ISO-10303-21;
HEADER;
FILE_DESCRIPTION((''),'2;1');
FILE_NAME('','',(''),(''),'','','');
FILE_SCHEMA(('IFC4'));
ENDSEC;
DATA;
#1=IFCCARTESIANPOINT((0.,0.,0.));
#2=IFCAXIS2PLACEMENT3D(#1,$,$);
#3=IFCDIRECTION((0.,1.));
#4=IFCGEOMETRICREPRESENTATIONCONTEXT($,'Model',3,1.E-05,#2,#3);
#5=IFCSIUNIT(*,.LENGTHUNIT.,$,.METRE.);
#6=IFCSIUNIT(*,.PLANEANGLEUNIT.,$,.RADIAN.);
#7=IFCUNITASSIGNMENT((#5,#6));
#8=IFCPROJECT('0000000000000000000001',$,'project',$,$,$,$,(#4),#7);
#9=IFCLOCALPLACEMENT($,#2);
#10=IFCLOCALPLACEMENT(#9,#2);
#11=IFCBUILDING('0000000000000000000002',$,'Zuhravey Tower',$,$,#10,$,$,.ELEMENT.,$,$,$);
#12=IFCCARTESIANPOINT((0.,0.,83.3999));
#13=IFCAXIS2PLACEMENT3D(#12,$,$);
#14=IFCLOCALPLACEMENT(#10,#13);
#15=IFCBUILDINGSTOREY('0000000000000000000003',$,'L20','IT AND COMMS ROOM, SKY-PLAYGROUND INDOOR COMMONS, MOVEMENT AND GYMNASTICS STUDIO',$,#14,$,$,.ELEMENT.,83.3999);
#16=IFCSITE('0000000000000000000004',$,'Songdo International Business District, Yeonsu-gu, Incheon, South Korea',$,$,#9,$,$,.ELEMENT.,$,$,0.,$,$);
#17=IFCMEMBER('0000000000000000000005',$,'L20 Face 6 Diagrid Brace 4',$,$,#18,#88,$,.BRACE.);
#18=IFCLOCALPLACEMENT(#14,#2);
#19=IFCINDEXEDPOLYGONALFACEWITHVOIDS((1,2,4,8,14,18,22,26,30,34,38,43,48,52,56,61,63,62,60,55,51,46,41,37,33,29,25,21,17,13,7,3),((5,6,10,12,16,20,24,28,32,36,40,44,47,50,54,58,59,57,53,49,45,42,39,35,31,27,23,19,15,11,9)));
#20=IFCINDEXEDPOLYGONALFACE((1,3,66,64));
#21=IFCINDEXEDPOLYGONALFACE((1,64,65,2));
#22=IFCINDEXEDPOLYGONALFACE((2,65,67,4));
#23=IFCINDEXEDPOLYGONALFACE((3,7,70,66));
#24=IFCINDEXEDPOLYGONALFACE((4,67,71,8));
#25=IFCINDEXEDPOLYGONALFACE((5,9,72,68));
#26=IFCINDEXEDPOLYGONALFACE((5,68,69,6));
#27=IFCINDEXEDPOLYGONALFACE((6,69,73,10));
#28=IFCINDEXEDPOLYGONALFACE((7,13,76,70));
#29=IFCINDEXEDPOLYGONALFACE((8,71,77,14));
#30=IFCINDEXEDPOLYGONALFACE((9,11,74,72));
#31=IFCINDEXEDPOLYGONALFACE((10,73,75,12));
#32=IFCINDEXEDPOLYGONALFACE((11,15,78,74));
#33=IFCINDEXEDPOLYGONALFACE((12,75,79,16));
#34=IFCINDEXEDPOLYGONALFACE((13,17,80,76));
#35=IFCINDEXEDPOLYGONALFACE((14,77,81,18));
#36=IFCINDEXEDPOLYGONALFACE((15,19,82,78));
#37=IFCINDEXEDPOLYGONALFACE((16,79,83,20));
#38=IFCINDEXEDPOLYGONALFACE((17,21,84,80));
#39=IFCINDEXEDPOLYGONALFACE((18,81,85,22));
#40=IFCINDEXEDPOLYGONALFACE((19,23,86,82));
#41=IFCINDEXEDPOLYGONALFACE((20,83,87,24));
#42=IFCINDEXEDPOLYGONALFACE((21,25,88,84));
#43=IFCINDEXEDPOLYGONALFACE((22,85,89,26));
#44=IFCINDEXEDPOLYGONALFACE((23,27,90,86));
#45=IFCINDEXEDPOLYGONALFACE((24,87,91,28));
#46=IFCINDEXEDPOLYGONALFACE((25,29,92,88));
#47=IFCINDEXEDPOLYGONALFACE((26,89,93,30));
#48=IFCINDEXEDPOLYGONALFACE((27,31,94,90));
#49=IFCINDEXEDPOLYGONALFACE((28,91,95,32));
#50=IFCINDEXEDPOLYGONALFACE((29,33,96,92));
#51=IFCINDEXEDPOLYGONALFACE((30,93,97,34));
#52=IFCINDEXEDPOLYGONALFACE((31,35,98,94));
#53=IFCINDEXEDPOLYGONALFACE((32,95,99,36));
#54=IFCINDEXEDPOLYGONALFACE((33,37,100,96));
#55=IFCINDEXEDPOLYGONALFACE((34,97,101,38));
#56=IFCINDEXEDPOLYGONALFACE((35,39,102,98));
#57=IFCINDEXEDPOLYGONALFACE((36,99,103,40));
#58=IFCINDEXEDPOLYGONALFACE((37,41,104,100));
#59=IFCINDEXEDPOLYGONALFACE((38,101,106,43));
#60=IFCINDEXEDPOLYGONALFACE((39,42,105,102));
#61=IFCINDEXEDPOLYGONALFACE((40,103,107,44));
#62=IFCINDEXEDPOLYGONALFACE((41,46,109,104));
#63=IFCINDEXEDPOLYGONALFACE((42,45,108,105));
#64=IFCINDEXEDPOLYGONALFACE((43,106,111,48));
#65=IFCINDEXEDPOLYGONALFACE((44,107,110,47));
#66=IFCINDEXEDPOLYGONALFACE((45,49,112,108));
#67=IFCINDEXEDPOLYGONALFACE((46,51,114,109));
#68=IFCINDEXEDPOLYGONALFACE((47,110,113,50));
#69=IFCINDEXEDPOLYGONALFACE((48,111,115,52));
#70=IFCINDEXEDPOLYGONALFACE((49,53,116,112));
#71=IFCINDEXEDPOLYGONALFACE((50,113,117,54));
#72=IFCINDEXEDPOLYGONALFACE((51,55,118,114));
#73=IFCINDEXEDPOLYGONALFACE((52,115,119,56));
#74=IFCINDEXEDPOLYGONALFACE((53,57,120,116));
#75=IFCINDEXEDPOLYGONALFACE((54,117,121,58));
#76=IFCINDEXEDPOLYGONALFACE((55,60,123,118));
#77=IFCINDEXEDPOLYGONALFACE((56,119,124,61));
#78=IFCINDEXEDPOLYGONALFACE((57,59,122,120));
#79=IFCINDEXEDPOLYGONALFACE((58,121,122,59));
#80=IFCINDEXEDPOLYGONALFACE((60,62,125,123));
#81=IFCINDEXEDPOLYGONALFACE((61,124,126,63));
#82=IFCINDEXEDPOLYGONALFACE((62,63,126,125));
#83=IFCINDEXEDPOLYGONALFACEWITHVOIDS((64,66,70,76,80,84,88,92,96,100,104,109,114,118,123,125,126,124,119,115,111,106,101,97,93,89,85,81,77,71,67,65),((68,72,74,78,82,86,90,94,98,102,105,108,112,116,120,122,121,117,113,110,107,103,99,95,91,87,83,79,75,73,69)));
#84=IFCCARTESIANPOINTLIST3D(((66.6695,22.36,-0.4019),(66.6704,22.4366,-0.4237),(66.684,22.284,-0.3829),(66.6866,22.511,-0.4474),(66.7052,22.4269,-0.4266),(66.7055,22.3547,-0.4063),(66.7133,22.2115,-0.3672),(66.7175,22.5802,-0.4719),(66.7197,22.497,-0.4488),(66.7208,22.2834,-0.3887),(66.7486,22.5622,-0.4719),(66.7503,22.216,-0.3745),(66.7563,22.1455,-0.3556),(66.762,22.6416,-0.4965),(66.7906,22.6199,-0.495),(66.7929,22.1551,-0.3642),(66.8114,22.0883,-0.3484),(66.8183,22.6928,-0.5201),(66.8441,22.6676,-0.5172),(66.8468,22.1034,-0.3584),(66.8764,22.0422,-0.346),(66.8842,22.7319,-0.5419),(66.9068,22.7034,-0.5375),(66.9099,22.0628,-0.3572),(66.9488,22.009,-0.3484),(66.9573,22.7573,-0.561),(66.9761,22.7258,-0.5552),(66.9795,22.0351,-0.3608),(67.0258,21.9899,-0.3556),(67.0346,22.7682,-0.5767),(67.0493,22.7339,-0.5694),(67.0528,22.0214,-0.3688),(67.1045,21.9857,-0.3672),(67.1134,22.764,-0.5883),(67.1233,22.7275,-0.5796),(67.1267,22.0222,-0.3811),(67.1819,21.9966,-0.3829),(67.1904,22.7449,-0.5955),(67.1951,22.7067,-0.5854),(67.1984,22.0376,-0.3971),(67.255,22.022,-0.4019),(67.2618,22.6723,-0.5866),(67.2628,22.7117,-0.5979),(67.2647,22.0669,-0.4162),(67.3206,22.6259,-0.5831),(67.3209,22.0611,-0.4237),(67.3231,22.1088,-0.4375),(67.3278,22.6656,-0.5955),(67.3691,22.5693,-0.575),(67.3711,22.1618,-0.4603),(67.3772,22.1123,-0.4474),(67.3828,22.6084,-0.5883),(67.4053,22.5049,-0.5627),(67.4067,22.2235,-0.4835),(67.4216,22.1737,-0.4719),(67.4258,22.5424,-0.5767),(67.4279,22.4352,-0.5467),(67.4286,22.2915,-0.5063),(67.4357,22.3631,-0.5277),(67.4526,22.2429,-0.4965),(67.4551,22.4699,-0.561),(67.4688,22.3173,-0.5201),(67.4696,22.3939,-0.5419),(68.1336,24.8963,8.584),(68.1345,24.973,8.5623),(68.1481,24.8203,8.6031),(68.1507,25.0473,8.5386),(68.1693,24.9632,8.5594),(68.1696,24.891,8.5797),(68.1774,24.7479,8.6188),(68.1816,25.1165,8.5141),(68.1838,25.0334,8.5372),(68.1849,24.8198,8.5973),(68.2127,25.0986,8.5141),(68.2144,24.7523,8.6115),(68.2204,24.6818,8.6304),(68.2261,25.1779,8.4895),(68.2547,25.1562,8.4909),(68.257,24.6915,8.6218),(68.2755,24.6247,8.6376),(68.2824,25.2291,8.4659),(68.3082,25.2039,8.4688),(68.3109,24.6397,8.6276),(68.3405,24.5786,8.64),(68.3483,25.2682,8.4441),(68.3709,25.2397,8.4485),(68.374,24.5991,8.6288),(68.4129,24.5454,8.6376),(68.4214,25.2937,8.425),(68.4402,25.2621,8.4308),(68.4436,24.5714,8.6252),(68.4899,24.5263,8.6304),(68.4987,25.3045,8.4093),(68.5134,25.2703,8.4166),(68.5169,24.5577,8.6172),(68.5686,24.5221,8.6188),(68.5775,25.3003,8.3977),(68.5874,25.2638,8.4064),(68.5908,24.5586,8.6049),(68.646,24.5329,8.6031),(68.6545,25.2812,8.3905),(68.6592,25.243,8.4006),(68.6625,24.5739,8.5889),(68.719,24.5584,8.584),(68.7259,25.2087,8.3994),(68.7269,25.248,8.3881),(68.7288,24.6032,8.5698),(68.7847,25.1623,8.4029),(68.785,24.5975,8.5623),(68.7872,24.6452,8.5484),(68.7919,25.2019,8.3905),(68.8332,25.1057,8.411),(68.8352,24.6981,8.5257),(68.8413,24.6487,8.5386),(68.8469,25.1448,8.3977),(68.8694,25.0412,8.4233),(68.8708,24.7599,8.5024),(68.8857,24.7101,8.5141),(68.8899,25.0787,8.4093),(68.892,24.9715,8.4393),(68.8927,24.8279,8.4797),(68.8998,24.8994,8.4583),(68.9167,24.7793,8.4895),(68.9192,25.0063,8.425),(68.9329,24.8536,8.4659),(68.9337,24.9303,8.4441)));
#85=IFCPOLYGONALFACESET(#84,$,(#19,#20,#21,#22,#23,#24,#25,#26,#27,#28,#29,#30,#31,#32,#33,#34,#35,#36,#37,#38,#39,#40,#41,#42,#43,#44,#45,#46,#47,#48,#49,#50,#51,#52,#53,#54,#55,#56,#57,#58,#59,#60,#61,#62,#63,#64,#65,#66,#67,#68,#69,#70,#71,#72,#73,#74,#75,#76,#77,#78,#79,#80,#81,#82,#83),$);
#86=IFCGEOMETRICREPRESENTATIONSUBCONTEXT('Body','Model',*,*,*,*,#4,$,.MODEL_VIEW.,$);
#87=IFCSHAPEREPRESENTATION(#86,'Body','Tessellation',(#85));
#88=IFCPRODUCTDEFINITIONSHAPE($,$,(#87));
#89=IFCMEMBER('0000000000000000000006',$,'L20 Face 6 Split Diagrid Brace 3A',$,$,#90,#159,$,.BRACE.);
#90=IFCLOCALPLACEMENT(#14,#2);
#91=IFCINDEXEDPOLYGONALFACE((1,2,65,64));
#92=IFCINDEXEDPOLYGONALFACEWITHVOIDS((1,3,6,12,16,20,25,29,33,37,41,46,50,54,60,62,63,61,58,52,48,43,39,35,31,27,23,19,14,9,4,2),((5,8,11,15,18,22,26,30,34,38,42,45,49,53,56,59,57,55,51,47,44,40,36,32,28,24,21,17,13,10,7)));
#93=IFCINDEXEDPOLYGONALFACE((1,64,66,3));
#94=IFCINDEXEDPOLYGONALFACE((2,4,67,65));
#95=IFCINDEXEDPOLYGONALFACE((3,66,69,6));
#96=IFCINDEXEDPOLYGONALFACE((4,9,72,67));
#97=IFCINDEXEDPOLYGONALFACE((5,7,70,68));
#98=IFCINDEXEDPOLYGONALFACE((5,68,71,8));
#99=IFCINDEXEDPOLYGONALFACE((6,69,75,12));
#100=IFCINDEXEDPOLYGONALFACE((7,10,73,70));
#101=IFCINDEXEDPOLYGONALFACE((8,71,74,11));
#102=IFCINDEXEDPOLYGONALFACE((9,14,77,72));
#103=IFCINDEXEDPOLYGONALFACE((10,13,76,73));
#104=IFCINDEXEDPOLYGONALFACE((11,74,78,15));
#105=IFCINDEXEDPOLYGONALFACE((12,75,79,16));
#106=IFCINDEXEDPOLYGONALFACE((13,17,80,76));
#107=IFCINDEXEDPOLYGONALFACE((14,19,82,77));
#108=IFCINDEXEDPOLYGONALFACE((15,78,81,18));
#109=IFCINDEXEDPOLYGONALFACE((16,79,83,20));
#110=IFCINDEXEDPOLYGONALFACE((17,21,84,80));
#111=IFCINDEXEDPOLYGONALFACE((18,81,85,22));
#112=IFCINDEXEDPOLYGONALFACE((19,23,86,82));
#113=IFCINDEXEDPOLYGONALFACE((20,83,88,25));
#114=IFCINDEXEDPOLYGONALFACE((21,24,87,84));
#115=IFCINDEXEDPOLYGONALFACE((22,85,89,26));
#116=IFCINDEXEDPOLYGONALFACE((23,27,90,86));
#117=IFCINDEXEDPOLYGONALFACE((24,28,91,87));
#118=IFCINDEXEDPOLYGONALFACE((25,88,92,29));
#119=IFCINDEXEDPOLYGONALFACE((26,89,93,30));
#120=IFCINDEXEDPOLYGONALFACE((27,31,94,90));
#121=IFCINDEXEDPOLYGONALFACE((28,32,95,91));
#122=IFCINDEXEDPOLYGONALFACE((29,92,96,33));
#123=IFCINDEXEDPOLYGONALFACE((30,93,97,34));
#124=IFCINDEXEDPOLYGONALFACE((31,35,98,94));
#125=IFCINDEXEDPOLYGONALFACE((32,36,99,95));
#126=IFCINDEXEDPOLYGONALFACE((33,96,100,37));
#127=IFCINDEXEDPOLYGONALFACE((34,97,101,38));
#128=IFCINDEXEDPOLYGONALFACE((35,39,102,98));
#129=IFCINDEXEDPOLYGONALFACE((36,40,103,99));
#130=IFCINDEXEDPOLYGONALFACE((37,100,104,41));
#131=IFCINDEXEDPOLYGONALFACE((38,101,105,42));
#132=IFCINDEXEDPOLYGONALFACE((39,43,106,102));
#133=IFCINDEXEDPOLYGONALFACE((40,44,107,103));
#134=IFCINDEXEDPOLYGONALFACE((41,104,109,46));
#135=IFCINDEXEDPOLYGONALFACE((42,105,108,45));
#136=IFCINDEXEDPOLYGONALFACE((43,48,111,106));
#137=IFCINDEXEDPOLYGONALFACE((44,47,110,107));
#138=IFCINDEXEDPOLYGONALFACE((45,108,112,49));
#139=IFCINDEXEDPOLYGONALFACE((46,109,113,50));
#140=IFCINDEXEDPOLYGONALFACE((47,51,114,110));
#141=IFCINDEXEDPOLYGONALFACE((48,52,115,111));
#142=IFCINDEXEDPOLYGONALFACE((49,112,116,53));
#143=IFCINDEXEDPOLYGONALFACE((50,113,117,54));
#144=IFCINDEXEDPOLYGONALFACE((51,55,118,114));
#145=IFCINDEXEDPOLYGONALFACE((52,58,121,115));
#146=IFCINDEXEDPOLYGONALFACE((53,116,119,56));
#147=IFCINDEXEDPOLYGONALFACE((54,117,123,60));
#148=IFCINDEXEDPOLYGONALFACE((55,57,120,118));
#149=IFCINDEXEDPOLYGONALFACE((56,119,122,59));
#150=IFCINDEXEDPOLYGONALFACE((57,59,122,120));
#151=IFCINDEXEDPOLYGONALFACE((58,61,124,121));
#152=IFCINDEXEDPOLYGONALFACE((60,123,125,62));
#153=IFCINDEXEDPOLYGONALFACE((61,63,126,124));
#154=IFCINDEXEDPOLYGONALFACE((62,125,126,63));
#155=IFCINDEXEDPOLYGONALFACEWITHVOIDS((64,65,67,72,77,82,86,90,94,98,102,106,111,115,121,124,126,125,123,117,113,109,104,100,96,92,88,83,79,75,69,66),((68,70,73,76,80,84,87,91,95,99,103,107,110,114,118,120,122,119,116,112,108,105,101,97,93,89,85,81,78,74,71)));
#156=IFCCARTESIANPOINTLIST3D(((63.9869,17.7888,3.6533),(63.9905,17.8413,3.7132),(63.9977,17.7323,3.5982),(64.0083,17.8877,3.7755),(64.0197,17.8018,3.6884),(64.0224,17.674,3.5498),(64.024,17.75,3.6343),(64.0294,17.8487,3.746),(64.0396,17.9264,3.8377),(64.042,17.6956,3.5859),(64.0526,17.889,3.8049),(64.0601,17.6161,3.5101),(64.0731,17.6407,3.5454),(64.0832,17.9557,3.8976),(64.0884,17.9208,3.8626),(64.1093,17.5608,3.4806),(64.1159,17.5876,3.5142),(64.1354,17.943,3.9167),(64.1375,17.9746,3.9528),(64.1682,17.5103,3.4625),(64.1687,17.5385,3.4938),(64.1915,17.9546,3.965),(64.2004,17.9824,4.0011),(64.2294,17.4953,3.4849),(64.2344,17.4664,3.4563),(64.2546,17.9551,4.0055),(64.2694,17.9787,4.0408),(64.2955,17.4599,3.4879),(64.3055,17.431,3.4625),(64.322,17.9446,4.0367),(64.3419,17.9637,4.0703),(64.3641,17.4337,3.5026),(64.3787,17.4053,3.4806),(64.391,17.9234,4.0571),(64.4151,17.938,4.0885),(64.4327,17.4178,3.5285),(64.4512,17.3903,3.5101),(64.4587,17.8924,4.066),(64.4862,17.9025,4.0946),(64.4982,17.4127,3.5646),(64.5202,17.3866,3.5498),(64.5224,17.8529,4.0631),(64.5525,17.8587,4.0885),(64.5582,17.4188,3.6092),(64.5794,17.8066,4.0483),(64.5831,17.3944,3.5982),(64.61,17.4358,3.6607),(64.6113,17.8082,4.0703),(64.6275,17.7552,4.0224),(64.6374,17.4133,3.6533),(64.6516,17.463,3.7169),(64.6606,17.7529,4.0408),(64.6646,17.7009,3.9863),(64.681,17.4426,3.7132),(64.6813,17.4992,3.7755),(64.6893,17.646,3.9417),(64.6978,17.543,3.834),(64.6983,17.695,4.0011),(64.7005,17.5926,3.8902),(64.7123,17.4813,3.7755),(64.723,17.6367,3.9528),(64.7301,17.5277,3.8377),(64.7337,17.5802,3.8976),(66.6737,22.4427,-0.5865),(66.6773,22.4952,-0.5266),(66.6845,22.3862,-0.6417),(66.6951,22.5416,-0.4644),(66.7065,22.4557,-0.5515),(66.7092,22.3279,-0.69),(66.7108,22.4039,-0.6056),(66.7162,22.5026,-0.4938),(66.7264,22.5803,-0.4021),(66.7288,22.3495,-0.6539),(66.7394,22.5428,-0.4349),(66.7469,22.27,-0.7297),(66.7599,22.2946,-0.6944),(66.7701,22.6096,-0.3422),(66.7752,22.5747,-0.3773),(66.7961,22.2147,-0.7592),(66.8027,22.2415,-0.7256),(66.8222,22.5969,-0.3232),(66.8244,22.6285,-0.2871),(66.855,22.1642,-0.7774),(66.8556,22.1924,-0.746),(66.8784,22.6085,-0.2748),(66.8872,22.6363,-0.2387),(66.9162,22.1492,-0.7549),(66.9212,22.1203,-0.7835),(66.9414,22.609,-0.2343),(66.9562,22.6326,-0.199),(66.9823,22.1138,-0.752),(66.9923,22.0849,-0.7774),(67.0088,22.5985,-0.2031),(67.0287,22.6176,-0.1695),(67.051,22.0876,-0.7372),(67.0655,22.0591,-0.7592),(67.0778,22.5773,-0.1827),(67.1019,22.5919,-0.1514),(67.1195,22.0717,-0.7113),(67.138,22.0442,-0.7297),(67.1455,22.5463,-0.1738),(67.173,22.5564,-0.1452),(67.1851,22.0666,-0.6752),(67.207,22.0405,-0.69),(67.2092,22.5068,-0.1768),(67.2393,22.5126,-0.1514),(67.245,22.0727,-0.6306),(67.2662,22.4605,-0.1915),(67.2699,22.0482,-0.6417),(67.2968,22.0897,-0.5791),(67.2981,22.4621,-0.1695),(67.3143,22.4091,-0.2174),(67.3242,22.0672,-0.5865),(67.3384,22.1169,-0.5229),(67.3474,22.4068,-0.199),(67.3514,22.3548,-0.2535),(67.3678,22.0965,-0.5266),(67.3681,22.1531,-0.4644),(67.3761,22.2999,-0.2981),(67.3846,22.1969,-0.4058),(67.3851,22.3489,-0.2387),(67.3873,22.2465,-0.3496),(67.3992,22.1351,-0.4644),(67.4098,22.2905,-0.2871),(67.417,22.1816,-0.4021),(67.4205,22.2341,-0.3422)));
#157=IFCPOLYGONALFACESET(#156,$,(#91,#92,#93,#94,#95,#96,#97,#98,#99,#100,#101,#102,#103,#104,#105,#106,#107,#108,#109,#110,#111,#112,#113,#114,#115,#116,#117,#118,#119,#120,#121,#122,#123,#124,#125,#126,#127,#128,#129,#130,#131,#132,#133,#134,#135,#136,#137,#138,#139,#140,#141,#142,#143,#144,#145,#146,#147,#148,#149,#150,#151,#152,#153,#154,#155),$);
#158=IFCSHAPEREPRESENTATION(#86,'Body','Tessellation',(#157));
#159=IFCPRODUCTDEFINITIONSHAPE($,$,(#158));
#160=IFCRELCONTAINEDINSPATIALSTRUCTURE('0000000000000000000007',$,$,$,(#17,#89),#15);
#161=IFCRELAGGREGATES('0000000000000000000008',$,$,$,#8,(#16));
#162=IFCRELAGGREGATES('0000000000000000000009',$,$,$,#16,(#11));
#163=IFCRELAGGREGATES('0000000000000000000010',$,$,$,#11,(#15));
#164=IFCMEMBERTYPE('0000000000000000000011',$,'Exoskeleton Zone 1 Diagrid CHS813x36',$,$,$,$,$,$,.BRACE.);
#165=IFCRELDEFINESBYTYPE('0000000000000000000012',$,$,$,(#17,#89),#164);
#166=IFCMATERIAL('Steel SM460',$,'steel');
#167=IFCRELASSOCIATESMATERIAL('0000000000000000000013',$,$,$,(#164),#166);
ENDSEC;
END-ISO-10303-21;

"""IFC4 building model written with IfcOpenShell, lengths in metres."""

from ifc_helpers import new_model, si_unit, direction, frame, origin, origin_2d, place, context, subcontext, project, spatial, hollow_circle, extrude, material, material_profile, profile_set, type_object, element, save


model = new_model("IFC4")

# Units and contexts
model_context = context("Model", 3, precision=1e-05, world=origin(), true_north=direction((0.0, 1.0)))
body_context = subcontext(model_context, "Body", "Model", "MODEL_VIEW")
ifc_project = project(units=[si_unit("LENGTHUNIT", "METRE"), si_unit("PLANEANGLEUNIT", "RADIAN")], contexts=[model_context])

# Site, building, storey
site_placement = place(None, origin())
site = spatial("IfcSite", under=ifc_project, at=site_placement, Name="Songdo International Business District, Yeonsu-gu, Incheon, South Korea", CompositionType="ELEMENT", RefElevation=0.0)
building_placement = place(site_placement, origin())
building = spatial("IfcBuilding", under=site, at=building_placement, Name="Zuhravey Tower", CompositionType="ELEMENT")
storey_placement = place(building_placement, frame((0.0, 0.0, 83.3999)))
storey = spatial("IfcBuildingStorey", under=building, at=storey_placement, Name="L20", Description="IT AND COMMS ROOM, SKY-PLAYGROUND INDOOR COMMONS, MOVEMENT AND GYMNASTICS STUDIO", CompositionType="ELEMENT", Elevation=83.3999)

# Members
ifc_material_1 = material(Name="Steel SM460", Category="steel")
ifc_material_profile_1 = material_profile(ifc_material_1, hollow_circle(Radius=0.4065, WallThickness=0.0359, at=origin_2d()), Name="CHS-812.8x36")
ifc_profile_set_1 = profile_set([ifc_material_profile_1], Name="Steel SM460")
member_type_1 = type_object("IfcMemberType", Name="Exoskeleton Zone 1 Diagrid CHS813x36", PredefinedType="BRACE", material=ifc_profile_set_1)
member_1_placement = place(storey_placement, frame((67.0696, 22.377, -0.4719), z_axis=(0.154912, 0.268364, 0.95078), x_axis=(-0.866065, 0.499932, 0.0)))
element("IfcMember", 1, at=member_1_placement, inside=storey, type_object=member_type_1, Name="L20 Face 6 Diagrid Brace 4", PredefinedType="BRACE", context=body_context, shape_type="SweptSolid", body=[
    extrude(hollow_circle(Radius=0.4065, WallThickness=0.0359, at=origin_2d()), origin(), (0.0, 0.0, 1.0), 9.4512),
])
member_2_placement = place(storey_placement, frame((67.0471, 22.3384, -0.4644), z_axis=(-0.392523, -0.679898, 0.619406), x_axis=(0.866034, -0.499985, 0.0)))
element("IfcMember", 2, at=member_2_placement, inside=storey, type_object=member_type_1, Name="L20 Face 6 Split Diagrid Brace 3A", PredefinedType="BRACE", context=body_context, shape_type="SweptSolid", body=[
    extrude(hollow_circle(Radius=0.4065, WallThickness=0.0359, at=origin_2d()), origin(), (0.0, 0.0, 1.0), 6.845),
])

save(model, "model.ifc")
